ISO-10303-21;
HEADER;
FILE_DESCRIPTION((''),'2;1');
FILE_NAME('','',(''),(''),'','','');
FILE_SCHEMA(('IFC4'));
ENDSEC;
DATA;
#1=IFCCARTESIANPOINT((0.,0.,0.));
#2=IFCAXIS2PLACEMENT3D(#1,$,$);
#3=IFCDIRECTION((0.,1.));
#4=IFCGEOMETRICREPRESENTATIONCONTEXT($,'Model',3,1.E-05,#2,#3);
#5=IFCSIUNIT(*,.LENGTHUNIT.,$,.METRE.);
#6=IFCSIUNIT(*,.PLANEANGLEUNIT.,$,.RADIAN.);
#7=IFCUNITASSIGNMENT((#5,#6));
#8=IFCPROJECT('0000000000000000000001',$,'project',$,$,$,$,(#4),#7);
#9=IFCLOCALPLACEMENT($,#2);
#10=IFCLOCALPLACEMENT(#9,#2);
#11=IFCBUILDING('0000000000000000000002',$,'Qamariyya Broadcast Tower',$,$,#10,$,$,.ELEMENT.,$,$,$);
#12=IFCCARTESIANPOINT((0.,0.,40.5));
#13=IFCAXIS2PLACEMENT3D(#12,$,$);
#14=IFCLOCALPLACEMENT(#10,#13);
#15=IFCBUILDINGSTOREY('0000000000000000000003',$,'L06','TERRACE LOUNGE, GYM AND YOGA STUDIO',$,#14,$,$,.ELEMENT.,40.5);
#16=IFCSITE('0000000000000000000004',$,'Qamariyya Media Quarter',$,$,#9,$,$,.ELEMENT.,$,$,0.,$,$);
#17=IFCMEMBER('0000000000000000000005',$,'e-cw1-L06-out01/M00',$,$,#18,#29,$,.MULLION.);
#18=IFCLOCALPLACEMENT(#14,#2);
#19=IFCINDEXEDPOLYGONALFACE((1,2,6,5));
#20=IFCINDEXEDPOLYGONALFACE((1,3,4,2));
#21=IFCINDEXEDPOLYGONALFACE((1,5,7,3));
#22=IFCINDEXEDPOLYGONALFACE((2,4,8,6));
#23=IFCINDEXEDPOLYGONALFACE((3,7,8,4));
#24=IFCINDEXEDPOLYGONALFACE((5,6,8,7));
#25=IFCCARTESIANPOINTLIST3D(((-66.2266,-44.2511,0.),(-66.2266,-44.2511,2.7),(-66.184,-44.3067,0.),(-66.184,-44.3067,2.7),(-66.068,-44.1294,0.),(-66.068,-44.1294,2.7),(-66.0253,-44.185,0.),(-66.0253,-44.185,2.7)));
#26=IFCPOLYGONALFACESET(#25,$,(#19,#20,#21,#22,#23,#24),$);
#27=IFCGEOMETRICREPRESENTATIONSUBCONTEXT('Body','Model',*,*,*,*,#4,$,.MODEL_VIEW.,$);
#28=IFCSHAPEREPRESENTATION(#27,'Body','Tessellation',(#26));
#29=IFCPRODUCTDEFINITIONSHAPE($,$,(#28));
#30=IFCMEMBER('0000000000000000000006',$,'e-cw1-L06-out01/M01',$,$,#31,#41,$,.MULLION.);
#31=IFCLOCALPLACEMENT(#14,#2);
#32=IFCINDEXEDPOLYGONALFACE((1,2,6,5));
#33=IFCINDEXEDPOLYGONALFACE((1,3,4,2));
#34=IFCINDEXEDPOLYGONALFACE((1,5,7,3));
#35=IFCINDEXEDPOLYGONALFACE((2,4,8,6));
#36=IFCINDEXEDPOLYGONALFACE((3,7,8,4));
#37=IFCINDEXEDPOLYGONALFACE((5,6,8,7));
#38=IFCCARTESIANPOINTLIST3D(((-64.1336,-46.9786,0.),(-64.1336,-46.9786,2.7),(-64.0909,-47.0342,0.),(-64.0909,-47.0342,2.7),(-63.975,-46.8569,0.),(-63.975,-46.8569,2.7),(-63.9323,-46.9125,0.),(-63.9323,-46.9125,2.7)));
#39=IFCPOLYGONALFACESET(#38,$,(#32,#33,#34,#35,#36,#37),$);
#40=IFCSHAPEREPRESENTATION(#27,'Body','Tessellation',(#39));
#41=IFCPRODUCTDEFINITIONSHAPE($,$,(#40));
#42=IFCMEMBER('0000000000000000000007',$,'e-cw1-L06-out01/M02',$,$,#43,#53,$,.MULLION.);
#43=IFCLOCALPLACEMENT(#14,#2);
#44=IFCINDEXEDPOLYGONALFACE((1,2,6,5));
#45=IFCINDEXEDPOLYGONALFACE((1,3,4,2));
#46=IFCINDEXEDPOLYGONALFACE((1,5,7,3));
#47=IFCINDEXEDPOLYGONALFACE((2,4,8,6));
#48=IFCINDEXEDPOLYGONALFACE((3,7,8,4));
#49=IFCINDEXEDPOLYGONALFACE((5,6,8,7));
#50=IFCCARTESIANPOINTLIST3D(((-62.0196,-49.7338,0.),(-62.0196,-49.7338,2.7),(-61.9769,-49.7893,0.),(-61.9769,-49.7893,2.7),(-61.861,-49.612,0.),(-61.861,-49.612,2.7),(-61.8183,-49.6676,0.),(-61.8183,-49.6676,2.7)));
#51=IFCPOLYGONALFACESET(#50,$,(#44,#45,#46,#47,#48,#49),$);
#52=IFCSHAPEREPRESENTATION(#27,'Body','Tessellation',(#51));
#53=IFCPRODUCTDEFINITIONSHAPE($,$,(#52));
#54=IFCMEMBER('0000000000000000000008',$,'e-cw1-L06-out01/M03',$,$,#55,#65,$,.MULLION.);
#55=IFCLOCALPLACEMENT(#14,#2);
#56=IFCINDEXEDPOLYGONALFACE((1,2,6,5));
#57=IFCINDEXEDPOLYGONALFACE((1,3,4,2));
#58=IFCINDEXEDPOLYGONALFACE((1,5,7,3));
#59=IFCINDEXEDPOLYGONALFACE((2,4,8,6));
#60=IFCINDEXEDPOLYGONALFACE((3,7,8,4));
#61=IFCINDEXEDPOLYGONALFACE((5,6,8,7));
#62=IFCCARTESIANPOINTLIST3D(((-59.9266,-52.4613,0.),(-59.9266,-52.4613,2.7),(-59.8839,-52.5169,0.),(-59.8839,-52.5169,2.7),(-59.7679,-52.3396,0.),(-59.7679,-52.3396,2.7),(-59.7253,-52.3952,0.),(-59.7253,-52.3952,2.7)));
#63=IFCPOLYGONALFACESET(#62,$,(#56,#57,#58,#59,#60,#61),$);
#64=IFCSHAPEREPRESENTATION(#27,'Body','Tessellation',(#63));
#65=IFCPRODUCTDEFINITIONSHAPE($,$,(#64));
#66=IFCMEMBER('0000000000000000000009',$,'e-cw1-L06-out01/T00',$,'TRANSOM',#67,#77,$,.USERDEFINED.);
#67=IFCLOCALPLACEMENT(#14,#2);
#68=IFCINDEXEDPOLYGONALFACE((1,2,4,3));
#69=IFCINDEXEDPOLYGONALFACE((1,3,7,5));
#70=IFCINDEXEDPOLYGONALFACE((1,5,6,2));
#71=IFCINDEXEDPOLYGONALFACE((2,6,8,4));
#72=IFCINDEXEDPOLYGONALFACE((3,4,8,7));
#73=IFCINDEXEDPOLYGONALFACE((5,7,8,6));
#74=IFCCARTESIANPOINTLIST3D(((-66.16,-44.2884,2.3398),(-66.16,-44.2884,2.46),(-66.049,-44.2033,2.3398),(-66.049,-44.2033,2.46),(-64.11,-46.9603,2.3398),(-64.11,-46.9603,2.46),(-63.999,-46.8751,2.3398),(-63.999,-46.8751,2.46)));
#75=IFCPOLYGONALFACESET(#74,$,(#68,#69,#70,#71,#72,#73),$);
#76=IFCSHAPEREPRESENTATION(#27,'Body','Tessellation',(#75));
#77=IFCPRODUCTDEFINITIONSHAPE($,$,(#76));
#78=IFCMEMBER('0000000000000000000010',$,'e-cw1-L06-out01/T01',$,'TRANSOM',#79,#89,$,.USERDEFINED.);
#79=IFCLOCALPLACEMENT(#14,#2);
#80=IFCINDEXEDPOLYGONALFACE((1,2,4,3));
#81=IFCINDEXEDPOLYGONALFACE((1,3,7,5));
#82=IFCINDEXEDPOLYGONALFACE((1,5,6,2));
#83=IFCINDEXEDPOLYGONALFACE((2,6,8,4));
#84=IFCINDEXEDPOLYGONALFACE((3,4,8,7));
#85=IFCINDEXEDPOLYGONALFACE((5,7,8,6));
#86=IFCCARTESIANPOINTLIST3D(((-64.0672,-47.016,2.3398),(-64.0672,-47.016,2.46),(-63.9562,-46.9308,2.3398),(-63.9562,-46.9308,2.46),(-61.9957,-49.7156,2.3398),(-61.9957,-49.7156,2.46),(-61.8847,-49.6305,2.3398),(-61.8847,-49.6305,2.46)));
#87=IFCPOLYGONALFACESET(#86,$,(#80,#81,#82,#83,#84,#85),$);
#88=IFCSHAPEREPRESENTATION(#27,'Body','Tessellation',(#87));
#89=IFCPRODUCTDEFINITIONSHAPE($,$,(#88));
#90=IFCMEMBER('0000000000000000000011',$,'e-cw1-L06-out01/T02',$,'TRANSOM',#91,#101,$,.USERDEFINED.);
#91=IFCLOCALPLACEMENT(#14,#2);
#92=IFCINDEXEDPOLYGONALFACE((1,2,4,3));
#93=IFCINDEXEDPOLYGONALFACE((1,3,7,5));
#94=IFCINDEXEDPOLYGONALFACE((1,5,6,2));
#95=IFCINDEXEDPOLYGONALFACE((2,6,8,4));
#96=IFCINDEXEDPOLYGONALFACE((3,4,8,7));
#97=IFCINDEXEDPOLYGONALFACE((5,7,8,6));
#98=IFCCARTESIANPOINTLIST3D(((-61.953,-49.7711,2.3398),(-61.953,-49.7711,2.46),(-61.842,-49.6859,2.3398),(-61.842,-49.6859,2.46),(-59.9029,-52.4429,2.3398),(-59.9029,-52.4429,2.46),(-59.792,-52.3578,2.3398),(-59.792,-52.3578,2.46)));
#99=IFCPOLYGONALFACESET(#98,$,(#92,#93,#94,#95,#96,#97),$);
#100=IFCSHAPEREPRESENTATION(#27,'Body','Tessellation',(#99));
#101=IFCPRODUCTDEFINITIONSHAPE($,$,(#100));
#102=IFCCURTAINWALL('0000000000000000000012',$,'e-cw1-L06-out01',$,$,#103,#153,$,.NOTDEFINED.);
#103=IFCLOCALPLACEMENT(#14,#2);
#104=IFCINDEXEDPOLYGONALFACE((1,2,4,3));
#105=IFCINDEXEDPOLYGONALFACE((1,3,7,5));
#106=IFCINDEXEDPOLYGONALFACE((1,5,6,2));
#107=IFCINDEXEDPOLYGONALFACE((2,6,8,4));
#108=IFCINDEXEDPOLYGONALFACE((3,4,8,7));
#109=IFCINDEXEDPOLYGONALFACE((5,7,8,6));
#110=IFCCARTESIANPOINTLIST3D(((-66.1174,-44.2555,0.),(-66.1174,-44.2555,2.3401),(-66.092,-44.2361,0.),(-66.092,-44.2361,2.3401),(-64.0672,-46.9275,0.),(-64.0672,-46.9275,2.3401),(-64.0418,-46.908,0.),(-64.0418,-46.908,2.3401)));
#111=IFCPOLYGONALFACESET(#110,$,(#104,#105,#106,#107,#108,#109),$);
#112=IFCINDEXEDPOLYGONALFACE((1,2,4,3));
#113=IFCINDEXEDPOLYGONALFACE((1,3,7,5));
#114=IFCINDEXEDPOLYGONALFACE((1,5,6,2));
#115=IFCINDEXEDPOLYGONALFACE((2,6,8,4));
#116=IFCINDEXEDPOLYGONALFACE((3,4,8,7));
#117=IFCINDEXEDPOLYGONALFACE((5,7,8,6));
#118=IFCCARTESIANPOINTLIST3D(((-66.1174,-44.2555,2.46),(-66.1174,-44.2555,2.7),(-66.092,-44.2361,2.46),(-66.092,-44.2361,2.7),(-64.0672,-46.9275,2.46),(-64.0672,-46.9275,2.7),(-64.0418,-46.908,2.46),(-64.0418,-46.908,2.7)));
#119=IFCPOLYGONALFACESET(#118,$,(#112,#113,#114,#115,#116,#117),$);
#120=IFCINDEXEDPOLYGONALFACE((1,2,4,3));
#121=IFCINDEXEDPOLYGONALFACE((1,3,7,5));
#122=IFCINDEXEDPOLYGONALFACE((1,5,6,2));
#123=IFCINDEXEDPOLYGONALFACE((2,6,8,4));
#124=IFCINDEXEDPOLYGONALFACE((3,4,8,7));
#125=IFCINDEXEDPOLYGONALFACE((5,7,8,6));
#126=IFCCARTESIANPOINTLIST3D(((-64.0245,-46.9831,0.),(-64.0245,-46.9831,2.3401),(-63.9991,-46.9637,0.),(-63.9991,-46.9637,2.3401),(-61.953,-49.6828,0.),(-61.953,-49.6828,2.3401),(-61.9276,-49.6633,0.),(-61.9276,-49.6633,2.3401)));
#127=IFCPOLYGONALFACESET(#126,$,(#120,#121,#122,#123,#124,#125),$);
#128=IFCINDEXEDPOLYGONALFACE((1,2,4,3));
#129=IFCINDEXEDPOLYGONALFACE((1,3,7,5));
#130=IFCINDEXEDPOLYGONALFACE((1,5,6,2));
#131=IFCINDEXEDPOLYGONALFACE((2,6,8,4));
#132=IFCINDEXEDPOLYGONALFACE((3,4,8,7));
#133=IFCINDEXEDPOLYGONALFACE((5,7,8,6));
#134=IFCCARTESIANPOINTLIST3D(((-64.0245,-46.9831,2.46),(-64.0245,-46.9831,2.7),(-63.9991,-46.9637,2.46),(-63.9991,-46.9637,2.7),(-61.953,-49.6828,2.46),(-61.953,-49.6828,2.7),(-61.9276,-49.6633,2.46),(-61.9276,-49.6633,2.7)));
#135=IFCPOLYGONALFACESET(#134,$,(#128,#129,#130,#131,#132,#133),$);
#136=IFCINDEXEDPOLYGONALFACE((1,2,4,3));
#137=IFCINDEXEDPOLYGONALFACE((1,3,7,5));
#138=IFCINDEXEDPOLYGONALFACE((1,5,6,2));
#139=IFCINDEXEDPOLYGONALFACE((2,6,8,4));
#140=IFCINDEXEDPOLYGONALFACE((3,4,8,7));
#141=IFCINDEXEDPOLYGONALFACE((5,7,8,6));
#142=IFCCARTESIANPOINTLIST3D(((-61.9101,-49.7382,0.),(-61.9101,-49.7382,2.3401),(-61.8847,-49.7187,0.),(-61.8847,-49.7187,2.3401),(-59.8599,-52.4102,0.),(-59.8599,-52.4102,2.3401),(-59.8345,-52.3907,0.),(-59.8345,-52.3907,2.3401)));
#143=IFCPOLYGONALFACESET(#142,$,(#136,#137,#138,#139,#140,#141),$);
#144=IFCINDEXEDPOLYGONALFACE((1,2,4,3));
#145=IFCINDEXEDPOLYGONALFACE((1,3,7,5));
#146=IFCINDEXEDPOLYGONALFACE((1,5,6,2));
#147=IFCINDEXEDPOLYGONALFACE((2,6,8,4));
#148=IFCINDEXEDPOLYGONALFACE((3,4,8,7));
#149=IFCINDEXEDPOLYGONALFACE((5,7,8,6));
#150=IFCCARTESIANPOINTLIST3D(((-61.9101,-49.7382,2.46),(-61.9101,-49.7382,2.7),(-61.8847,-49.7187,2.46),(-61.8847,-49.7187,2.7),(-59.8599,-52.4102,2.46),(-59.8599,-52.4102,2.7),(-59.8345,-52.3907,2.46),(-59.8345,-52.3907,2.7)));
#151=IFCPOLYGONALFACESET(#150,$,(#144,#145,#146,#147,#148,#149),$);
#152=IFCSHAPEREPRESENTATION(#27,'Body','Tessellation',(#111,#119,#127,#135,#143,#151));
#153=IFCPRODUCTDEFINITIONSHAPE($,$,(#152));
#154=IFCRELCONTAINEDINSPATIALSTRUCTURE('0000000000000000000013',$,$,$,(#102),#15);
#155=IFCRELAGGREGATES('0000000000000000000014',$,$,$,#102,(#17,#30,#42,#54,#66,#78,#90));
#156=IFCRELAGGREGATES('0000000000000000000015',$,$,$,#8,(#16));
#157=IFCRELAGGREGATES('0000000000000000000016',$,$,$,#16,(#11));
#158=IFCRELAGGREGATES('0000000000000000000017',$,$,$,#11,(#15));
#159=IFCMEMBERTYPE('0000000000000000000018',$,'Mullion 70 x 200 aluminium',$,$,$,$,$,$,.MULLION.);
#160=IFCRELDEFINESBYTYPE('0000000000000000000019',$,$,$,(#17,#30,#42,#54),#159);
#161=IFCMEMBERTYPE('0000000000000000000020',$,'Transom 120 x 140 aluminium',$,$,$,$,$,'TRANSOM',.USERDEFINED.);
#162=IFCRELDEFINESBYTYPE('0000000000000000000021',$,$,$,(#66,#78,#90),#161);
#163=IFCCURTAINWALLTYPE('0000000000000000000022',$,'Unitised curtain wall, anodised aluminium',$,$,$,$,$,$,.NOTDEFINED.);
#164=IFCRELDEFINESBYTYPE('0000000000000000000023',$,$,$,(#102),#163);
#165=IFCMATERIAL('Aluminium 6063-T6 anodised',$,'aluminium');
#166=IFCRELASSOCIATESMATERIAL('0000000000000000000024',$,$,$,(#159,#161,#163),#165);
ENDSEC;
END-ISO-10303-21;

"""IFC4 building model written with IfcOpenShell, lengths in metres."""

from ifc_helpers import new_model, si_unit, direction, frame, origin, origin_2d, place, context, subcontext, project, spatial, rectangle, extrude, material, material_profile, profile_set, type_object, element, aggregate, save


model = new_model("IFC4")

# Units and contexts
model_context = context("Model", 3, precision=1e-05, world=origin(), true_north=direction((0.0, 1.0)))
body_context = subcontext(model_context, "Body", "Model", "MODEL_VIEW")
ifc_project = project(units=[si_unit("LENGTHUNIT", "METRE"), si_unit("PLANEANGLEUNIT", "RADIAN")], contexts=[model_context])

# Members
ifc_material = material(Name="Aluminium 6063-T6 anodised", Category="aluminium")
ifc_material_profile_1 = material_profile(ifc_material, rectangle(XDim=0.2, YDim=0.0701, at=origin_2d()))
ifc_profile_set_1 = profile_set([ifc_material_profile_1], Name="Aluminium 6063-T6 anodised")
member_type_1 = type_object("IfcMemberType", Name="Mullion 70 x 200 aluminium", PredefinedType="MULLION", material=ifc_profile_set_1)
site_placement = place(None, origin())
building_placement = place(site_placement, origin())
storey_placement = place(building_placement, frame((0.0, 0.0, 40.5)))
member_1_placement = place(storey_placement, frame((-66.126, -44.218, 0.0), z_axis=(0.0, 0.0, 1.0), x_axis=(0.793353, 0.608761, 0.0)))
member_1 = element("IfcMember", 1, at=member_1_placement, type_object=member_type_1, Name="e-cw1-L06-out01/M00", PredefinedType="MULLION", context=body_context, shape_type="SweptSolid", body=[
    extrude(rectangle(XDim=0.2, YDim=0.0701, at=origin_2d()), origin(), (0.0, 0.0, 1.0), 2.7),
])
member_2_placement = place(storey_placement, frame((-64.033, -46.9456, 0.0), z_axis=(0.0, 0.0, 1.0), x_axis=(0.793353, 0.608761, 0.0)))
member_2 = element("IfcMember", 2, at=member_2_placement, type_object=member_type_1, Name="e-cw1-L06-out01/M01", PredefinedType="MULLION", context=body_context, shape_type="SweptSolid", body=[
    extrude(rectangle(XDim=0.2, YDim=0.0701, at=origin_2d()), origin(), (0.0, 0.0, 1.0), 2.7),
])
member_3_placement = place(storey_placement, frame((-61.9189, -49.7007, 0.0), z_axis=(0.0, 0.0, 1.0), x_axis=(0.793353, 0.608761, 0.0)))
member_3 = element("IfcMember", 3, at=member_3_placement, type_object=member_type_1, Name="e-cw1-L06-out01/M02", PredefinedType="MULLION", context=body_context, shape_type="SweptSolid", body=[
    extrude(rectangle(XDim=0.2, YDim=0.0701, at=origin_2d()), origin(), (0.0, 0.0, 1.0), 2.7),
])
member_4_placement = place(storey_placement, frame((-59.8259, -52.4282, 0.0), z_axis=(0.0, 0.0, 1.0), x_axis=(0.793353, 0.608761, 0.0)))
member_4 = element("IfcMember", 4, at=member_4_placement, type_object=member_type_1, Name="e-cw1-L06-out01/M03", PredefinedType="MULLION", context=body_context, shape_type="SweptSolid", body=[
    extrude(rectangle(XDim=0.2, YDim=0.0701, at=origin_2d()), origin(), (0.0, 0.0, 1.0), 2.7),
])
ifc_material_profile_2 = material_profile(ifc_material, rectangle(XDim=0.1399, YDim=0.1201, at=origin_2d()))
ifc_profile_set_2 = profile_set([ifc_material_profile_2], Name="Aluminium 6063-T6 anodised")
member_type_2 = type_object("IfcMemberType", Name="Transom 120 x 140 aluminium", ElementType="TRANSOM", PredefinedType="USERDEFINED", material=ifc_profile_set_2)
member_5_placement = place(storey_placement, frame((-66.1045, -44.2458, 2.3999), z_axis=(0.608733, -0.793375, 0.0), x_axis=(0.793375, 0.608733, 0.0)))
member_5 = element("IfcMember", 5, at=member_5_placement, type_object=member_type_2, Name="e-cw1-L06-out01/T00", ObjectType="TRANSOM", PredefinedType="USERDEFINED", context=body_context, shape_type="SweptSolid", body=[
    extrude(rectangle(XDim=0.1399, YDim=0.1201, at=origin_2d()), origin(), (0.0, 0.0, 1.0), 3.3677),
])
member_6_placement = place(storey_placement, frame((-64.0117, -46.9734, 2.3999), z_axis=(0.608757, -0.793357, 0.0), x_axis=(0.793357, 0.608757, 0.0)))
member_6 = element("IfcMember", 6, at=member_6_placement, type_object=member_type_2, Name="e-cw1-L06-out01/T01", ObjectType="TRANSOM", PredefinedType="USERDEFINED", context=body_context, shape_type="SweptSolid", body=[
    extrude(rectangle(XDim=0.1399, YDim=0.1201, at=origin_2d()), origin(), (0.0, 0.0, 1.0), 3.4028),
])
member_7_placement = place(storey_placement, frame((-61.8975, -49.7285, 2.3999), z_axis=(0.608733, -0.793375, 0.0), x_axis=(0.793375, 0.608733, 0.0)))
member_7 = element("IfcMember", 7, at=member_7_placement, type_object=member_type_2, Name="e-cw1-L06-out01/T02", ObjectType="TRANSOM", PredefinedType="USERDEFINED", context=body_context, shape_type="SweptSolid", body=[
    extrude(rectangle(XDim=0.1399, YDim=0.1201, at=origin_2d()), origin(), (0.0, 0.0, 1.0), 3.3677),
])

# Site, building, storey
site = spatial("IfcSite", under=ifc_project, at=site_placement, Name="Qamariyya Media Quarter", CompositionType="ELEMENT", RefElevation=0.0)
building = spatial("IfcBuilding", under=site, at=building_placement, Name="Qamariyya Broadcast Tower", CompositionType="ELEMENT")
storey = spatial("IfcBuildingStorey", under=building, at=storey_placement, Name="L06", Description="TERRACE LOUNGE, GYM AND YOGA STUDIO", CompositionType="ELEMENT", Elevation=40.5)

# Curtain wall
curtain_wall_type = type_object("IfcCurtainWallType", Name="Unitised curtain wall, anodised aluminium", PredefinedType="NOTDEFINED", material=ifc_material)
curtain_wall_1_placement = place(storey_placement, origin())
curtain_wall_1 = element("IfcCurtainWall", 8, at=curtain_wall_1_placement, inside=storey, type_object=curtain_wall_type, Name="e-cw1-L06-out01", PredefinedType="NOTDEFINED", context=body_context, shape_type="SweptSolid", body=[
    extrude(rectangle(XDim=3.3679, YDim=0.032, at=origin_2d()), frame((-65.0796, -45.5818, 0.0), x_axis=(0.608756, -0.793358, 0.0)), (0.0, 0.0, 1.0), 2.3401),
    extrude(rectangle(XDim=3.3679, YDim=0.032, at=origin_2d()), frame((-65.0796, -45.5818, 2.46), x_axis=(0.608756, -0.793358, 0.0)), (0.0, 0.0, 1.0), 0.24),
    extrude(rectangle(XDim=3.4028, YDim=0.032, at=origin_2d()), frame((-62.9761, -48.3232, 0.0), x_axis=(0.608756, -0.793358, 0.0)), (0.0, 0.0, 1.0), 2.3401),
    extrude(rectangle(XDim=3.4028, YDim=0.032, at=origin_2d()), frame((-62.9761, -48.3232, 2.46), x_axis=(0.608756, -0.793358, 0.0)), (0.0, 0.0, 1.0), 0.24),
    extrude(rectangle(XDim=3.3679, YDim=0.032, at=origin_2d()), frame((-60.8723, -51.0645, 0.0), x_axis=(0.608756, -0.793358, 0.0)), (0.0, 0.0, 1.0), 2.3401),
    extrude(rectangle(XDim=3.3679, YDim=0.032, at=origin_2d()), frame((-60.8723, -51.0645, 2.46), x_axis=(0.608756, -0.793358, 0.0)), (0.0, 0.0, 1.0), 0.24),
])
aggregate(curtain_wall_1, [member_1, member_2, member_3, member_4, member_5, member_6, member_7])

save(model, "model.ifc")
